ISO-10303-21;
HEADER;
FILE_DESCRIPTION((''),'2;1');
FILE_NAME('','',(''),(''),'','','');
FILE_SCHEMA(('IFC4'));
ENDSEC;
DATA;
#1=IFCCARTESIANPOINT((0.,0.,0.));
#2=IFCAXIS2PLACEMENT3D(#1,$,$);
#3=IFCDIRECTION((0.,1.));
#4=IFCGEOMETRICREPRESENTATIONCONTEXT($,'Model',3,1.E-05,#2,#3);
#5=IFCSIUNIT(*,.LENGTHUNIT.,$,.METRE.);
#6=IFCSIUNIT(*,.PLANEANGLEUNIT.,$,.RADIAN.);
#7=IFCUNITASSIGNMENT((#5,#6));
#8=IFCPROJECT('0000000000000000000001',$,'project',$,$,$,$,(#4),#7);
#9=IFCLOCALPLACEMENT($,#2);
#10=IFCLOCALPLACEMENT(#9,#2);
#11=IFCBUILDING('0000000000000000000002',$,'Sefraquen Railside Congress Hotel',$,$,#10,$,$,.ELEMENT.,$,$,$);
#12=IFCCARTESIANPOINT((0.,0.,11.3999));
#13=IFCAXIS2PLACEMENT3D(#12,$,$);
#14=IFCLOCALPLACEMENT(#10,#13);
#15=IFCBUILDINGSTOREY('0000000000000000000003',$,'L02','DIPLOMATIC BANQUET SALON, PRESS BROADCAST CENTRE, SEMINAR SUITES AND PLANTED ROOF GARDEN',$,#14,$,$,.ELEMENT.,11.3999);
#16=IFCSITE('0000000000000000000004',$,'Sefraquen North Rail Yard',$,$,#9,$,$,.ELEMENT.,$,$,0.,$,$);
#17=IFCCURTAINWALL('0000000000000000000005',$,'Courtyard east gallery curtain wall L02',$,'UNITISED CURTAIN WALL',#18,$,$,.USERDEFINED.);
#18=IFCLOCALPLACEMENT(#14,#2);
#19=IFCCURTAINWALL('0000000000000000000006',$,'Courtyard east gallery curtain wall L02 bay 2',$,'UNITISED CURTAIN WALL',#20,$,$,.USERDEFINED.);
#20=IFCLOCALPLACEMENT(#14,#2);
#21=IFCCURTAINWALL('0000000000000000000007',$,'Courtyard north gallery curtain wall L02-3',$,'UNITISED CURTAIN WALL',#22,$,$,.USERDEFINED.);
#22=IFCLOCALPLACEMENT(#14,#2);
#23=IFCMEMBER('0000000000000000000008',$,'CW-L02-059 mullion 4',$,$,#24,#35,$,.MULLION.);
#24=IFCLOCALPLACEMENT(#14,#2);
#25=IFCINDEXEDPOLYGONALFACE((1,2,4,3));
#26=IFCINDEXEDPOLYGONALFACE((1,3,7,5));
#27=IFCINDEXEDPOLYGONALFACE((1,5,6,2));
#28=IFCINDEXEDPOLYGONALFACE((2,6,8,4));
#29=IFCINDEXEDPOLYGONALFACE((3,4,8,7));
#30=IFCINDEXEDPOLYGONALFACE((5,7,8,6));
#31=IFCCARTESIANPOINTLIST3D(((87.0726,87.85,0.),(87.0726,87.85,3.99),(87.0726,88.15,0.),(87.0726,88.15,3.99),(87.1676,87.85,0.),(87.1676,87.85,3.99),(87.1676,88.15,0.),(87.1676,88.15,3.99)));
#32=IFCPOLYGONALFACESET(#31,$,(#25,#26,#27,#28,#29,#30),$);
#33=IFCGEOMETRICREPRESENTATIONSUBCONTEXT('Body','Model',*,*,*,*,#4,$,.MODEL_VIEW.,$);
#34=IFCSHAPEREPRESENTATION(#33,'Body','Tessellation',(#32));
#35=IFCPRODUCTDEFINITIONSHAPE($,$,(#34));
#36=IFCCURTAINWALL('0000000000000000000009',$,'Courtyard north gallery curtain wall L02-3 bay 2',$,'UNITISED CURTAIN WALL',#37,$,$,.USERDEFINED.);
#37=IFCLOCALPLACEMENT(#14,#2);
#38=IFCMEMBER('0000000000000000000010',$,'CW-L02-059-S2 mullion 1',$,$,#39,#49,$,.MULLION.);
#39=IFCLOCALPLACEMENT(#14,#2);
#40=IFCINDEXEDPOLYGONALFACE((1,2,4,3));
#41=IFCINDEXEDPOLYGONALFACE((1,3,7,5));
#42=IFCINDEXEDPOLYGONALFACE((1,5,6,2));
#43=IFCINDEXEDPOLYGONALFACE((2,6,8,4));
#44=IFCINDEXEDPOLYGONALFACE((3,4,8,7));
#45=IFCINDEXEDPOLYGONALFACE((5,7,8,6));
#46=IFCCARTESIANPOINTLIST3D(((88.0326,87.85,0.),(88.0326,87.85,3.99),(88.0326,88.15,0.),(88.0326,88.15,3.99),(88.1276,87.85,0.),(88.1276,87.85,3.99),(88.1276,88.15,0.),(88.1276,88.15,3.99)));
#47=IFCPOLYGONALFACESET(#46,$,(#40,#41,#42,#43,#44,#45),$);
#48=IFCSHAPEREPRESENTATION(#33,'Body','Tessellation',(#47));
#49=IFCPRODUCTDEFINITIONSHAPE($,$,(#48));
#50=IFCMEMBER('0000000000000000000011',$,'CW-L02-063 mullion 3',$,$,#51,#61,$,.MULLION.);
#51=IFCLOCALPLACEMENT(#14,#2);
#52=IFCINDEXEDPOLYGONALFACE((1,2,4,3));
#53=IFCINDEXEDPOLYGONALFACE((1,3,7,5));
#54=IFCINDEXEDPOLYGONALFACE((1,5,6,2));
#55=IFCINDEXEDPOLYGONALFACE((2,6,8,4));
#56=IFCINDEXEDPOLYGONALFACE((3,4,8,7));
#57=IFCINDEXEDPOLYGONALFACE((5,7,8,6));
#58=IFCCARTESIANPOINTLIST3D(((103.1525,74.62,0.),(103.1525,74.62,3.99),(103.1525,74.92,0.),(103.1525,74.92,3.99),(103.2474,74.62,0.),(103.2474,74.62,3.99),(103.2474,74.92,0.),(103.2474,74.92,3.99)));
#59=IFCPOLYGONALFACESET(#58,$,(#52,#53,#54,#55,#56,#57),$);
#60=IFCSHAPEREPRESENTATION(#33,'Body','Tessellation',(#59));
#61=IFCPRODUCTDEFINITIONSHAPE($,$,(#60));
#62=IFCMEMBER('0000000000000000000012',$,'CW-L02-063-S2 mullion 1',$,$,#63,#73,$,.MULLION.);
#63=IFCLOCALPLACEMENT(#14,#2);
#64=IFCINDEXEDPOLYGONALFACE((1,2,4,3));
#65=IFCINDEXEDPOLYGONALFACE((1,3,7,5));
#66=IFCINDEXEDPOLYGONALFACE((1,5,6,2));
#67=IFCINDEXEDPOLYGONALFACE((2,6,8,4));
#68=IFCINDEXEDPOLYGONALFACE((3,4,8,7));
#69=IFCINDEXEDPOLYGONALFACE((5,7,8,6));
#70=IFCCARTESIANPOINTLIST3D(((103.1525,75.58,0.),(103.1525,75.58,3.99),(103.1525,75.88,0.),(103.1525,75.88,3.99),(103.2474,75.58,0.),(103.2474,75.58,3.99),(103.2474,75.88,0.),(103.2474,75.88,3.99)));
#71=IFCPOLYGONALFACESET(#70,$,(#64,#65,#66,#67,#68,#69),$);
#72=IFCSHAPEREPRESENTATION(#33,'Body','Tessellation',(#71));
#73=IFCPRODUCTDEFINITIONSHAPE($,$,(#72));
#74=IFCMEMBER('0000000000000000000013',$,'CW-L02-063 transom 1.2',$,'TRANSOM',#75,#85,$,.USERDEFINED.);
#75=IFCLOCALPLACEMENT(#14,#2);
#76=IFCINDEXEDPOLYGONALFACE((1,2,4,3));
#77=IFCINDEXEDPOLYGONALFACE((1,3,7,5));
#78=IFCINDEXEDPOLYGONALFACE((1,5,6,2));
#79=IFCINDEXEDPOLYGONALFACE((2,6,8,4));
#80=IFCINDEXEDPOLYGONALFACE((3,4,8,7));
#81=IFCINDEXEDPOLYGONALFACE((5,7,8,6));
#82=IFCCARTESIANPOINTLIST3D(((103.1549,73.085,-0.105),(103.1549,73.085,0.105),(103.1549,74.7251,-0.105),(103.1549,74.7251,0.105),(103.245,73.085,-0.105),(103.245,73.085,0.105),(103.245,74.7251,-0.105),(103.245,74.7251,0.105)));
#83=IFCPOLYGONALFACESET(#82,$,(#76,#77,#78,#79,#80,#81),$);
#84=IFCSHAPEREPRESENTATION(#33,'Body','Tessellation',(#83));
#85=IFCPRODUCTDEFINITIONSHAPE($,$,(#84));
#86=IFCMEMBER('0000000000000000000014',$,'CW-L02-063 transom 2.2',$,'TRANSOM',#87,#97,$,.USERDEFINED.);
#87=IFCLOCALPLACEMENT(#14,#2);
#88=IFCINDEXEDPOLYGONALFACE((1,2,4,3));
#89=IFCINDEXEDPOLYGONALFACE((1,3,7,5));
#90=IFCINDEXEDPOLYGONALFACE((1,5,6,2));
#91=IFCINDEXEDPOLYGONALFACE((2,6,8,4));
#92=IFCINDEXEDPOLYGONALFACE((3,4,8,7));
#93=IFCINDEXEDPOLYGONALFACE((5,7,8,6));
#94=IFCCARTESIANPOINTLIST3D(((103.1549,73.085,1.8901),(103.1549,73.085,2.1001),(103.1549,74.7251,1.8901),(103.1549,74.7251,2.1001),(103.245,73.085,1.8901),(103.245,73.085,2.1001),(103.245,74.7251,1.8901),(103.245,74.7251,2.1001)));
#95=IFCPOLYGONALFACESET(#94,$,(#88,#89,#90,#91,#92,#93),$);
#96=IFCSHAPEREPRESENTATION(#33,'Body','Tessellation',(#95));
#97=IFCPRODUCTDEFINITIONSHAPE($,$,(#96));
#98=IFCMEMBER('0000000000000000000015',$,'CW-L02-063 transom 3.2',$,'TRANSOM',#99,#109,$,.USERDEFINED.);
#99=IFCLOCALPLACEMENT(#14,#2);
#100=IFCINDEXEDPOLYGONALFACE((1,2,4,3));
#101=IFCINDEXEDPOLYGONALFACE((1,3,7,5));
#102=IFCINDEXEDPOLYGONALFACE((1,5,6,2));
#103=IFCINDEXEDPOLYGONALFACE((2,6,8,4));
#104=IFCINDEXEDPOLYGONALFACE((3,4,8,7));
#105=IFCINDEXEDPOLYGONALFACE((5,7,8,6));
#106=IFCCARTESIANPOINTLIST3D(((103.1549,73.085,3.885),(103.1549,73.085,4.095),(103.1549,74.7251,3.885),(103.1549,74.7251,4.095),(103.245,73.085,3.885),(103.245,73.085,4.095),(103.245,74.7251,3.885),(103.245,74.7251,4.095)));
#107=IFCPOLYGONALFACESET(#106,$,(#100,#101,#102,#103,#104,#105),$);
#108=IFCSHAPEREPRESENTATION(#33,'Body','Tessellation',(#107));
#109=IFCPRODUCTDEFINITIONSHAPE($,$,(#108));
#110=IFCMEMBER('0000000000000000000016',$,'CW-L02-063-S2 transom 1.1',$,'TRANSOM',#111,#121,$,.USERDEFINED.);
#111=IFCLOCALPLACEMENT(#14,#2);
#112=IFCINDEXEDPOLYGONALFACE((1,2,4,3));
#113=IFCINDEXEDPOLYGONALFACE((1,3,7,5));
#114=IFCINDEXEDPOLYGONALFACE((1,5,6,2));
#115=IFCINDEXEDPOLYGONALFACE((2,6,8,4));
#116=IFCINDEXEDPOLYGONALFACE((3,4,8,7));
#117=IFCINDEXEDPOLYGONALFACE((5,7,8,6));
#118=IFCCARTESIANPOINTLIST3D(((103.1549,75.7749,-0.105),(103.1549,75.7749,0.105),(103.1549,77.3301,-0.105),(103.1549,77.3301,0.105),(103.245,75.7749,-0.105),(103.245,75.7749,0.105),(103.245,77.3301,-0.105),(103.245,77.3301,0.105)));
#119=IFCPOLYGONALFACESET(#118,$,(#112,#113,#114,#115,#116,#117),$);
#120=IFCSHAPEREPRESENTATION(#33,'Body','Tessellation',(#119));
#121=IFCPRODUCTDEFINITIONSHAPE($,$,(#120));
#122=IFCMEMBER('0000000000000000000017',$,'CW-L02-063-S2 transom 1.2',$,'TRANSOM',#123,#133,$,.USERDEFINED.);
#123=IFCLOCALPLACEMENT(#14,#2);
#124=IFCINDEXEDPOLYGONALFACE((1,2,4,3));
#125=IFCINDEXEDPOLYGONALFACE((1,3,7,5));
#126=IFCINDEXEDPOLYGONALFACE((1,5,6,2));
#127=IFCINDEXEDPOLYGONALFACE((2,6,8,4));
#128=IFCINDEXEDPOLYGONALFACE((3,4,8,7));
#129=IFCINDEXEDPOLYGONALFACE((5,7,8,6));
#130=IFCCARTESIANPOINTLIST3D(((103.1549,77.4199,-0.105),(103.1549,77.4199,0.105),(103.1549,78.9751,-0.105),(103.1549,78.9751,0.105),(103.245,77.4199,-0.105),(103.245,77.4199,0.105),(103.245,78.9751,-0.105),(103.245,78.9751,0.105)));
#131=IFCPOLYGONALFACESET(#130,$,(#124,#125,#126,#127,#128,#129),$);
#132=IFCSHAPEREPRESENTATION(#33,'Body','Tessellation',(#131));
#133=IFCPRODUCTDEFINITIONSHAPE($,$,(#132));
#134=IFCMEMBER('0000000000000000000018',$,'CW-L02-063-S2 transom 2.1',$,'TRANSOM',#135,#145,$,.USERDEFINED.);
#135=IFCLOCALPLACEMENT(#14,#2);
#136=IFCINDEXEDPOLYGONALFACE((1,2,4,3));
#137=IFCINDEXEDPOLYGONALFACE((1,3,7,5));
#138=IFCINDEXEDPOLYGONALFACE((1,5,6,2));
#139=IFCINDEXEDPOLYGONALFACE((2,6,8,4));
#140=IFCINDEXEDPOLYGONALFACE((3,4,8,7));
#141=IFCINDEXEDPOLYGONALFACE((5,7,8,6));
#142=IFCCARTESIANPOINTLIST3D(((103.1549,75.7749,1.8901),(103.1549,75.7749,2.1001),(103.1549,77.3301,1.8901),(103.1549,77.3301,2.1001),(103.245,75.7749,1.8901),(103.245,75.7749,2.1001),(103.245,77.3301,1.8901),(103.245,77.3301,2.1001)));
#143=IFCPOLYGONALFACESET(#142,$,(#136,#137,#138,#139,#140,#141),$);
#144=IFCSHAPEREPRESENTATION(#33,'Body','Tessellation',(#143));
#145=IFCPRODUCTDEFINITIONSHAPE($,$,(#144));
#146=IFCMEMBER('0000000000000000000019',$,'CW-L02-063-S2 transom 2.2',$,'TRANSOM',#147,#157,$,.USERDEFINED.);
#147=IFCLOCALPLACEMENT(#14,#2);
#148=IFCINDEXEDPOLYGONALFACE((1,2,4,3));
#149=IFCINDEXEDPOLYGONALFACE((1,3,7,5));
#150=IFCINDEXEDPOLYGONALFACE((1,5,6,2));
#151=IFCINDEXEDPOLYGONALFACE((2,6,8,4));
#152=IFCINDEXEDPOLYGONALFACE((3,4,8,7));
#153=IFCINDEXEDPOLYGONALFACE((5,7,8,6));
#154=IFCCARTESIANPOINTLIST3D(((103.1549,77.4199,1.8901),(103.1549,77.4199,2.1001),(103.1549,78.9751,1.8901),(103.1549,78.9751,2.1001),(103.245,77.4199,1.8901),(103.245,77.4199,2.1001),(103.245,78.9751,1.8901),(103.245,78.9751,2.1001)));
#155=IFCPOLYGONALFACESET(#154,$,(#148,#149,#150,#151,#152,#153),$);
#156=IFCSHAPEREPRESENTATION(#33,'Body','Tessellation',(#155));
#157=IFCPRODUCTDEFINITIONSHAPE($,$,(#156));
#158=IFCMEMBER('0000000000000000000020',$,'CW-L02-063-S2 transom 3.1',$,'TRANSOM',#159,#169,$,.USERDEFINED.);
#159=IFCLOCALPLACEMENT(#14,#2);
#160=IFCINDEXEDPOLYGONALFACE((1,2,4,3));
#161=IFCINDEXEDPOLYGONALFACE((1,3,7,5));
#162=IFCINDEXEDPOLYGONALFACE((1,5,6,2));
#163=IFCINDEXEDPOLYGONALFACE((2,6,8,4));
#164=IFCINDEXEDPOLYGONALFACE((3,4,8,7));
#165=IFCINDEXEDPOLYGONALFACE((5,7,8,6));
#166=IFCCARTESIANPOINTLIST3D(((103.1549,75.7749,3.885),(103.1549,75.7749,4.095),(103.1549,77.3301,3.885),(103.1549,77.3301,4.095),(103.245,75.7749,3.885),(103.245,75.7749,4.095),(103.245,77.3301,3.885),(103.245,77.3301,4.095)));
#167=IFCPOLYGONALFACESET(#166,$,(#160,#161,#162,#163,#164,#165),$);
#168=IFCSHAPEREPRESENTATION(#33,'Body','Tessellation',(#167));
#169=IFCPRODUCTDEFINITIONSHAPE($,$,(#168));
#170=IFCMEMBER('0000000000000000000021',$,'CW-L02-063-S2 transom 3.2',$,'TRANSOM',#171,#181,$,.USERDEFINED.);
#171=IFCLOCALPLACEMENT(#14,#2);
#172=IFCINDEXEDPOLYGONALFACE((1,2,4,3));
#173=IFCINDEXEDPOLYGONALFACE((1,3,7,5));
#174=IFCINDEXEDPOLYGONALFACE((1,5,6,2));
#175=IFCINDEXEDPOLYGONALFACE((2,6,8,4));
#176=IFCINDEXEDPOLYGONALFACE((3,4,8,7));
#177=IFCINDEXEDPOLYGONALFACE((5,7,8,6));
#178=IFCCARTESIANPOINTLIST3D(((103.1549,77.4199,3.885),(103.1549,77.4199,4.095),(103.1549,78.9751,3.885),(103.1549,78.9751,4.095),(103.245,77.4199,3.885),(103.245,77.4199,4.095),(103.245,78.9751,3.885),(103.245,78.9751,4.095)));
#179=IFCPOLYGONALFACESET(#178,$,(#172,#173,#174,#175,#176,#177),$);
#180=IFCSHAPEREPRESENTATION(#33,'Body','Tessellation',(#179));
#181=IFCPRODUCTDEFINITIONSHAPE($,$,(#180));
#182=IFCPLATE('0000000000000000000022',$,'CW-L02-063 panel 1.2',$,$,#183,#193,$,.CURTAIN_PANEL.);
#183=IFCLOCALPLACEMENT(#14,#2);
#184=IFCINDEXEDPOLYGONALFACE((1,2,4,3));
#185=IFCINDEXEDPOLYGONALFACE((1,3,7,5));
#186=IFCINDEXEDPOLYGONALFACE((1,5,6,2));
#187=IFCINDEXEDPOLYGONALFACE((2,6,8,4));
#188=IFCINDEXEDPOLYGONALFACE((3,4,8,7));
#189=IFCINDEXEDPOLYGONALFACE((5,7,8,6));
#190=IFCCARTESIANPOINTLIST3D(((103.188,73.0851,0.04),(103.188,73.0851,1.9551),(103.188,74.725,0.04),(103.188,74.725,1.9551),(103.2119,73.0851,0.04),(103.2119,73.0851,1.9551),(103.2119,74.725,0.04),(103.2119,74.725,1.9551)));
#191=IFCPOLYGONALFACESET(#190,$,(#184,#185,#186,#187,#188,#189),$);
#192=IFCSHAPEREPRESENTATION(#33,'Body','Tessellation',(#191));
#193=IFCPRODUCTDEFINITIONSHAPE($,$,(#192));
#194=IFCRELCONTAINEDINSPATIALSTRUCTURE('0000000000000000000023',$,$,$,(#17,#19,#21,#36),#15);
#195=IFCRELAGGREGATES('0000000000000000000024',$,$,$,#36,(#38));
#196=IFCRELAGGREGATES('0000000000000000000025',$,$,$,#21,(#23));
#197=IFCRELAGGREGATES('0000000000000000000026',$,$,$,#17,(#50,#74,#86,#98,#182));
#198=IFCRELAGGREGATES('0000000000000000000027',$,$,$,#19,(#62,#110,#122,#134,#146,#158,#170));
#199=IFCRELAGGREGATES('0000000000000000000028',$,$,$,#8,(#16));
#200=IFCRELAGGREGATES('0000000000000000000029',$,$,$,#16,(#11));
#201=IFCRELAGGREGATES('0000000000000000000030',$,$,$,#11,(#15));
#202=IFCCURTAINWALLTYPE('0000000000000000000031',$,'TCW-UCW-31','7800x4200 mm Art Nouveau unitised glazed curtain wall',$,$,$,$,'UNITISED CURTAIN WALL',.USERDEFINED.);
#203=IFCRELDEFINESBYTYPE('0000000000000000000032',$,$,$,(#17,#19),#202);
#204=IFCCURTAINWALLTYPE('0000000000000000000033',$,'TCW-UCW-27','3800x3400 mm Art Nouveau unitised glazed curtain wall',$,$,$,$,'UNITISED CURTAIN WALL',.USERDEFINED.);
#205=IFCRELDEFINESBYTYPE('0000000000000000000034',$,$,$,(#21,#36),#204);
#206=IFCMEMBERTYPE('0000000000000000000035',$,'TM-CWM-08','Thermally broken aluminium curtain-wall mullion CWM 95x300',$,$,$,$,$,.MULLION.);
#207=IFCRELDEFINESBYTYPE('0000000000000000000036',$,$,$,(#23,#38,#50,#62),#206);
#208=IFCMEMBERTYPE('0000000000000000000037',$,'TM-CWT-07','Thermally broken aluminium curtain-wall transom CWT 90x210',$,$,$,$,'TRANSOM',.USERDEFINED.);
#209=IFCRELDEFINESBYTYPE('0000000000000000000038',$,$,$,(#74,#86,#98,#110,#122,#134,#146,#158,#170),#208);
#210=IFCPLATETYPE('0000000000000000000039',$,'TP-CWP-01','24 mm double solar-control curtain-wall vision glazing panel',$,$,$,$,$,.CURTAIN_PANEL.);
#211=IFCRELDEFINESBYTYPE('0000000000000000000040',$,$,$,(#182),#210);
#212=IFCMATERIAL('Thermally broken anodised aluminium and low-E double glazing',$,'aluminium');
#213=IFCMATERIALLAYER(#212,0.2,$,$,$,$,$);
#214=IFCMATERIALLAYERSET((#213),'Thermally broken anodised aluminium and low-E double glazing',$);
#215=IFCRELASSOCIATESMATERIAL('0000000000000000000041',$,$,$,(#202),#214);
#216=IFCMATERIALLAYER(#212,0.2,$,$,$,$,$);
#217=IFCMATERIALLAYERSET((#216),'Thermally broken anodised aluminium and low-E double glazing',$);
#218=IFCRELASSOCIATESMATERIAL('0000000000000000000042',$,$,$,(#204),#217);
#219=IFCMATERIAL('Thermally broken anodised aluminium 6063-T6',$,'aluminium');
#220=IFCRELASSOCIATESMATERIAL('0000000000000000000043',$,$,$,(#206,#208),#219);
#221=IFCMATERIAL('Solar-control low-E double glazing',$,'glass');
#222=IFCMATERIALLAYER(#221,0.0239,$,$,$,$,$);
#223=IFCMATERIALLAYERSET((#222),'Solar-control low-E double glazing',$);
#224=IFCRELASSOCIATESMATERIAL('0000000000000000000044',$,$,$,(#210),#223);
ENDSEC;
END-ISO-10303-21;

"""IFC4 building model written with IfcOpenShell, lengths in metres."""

from ifc_helpers import new_model, si_unit, direction, frame, origin, origin_2d, place, context, subcontext, project, spatial, rectangle, extrude, material, layer, layer_set, material_profile, profile_set, type_object, element, aggregate, save


model = new_model("IFC4")

# Units and contexts
model_context = context("Model", 3, precision=1e-05, world=origin(), true_north=direction((0.0, 1.0)))
body_context = subcontext(model_context, "Body", "Model", "MODEL_VIEW")
ifc_project = project(units=[si_unit("LENGTHUNIT", "METRE"), si_unit("PLANEANGLEUNIT", "RADIAN")], contexts=[model_context])

# Site, building, storey
site_placement = place(None, origin())
site = spatial("IfcSite", under=ifc_project, at=site_placement, Name="Sefraquen North Rail Yard", CompositionType="ELEMENT", RefElevation=0.0)
building_placement = place(site_placement, origin())
building = spatial("IfcBuilding", under=site, at=building_placement, Name="Sefraquen Railside Congress Hotel", CompositionType="ELEMENT")
storey_placement = place(building_placement, frame((0.0, 0.0, 11.3999)))
storey = spatial("IfcBuildingStorey", under=building, at=storey_placement, Name="L02", Description="DIPLOMATIC BANQUET SALON, PRESS BROADCAST CENTRE, SEMINAR SUITES AND PLANTED ROOF GARDEN", CompositionType="ELEMENT", Elevation=11.3999)

# Curtain walls, members
ifc_material_1 = material(Name="Thermally broken anodised aluminium and low-E double glazing", Category="aluminium")
ifc_layer_1 = layer(ifc_material_1, 0.2)
ifc_layer_set_1 = layer_set([ifc_layer_1], Name="Thermally broken anodised aluminium and low-E double glazing")
curtain_wall_type_1 = type_object("IfcCurtainWallType", Name="TCW-UCW-31", Description="7800x4200 mm Art Nouveau unitised glazed curtain wall", ElementType="UNITISED CURTAIN WALL", PredefinedType="USERDEFINED", material=ifc_layer_set_1)
curtain_wall_1_placement = place(storey_placement, origin())
curtain_wall_1 = element("IfcCurtainWall", 1, at=curtain_wall_1_placement, inside=storey, type_object=curtain_wall_type_1, Name="Courtyard east gallery curtain wall L02", ObjectType="UNITISED CURTAIN WALL", PredefinedType="USERDEFINED")
ifc_material_2 = material(Name="Thermally broken anodised aluminium 6063-T6", Category="aluminium")
curtain_wall_2_placement = place(storey_placement, origin())
curtain_wall_2 = element("IfcCurtainWall", 2, at=curtain_wall_2_placement, inside=storey, type_object=curtain_wall_type_1, Name="Courtyard east gallery curtain wall L02 bay 2", ObjectType="UNITISED CURTAIN WALL", PredefinedType="USERDEFINED")
ifc_layer_2 = layer(ifc_material_1, 0.2)
ifc_layer_set_2 = layer_set([ifc_layer_2], Name="Thermally broken anodised aluminium and low-E double glazing")
curtain_wall_type_2 = type_object("IfcCurtainWallType", Name="TCW-UCW-27", Description="3800x3400 mm Art Nouveau unitised glazed curtain wall", ElementType="UNITISED CURTAIN WALL", PredefinedType="USERDEFINED", material=ifc_layer_set_2)
curtain_wall_3_placement = place(storey_placement, origin())
curtain_wall_3 = element("IfcCurtainWall", 3, at=curtain_wall_3_placement, inside=storey, type_object=curtain_wall_type_2, Name="Courtyard north gallery curtain wall L02-3", ObjectType="UNITISED CURTAIN WALL", PredefinedType="USERDEFINED")
ifc_material_profile_1 = material_profile(ifc_material_2, rectangle(XDim=0.095, YDim=0.3, at=origin_2d()), Name="CWM 95x300")
ifc_profile_set_1 = profile_set([ifc_material_profile_1], Name="Thermally broken anodised aluminium 6063-T6")
member_type_1 = type_object("IfcMemberType", Name="TM-CWM-08", Description="Thermally broken aluminium curtain-wall mullion CWM 95x300", PredefinedType="MULLION", material=ifc_profile_set_1)
member_1_placement = place(storey_placement, frame((87.1201, 88.0, 0.0), z_axis=(0.0, 0.0, 1.0), x_axis=(1.0, 0.0, 0.0)))
member_1 = element("IfcMember", 4, at=member_1_placement, type_object=member_type_1, Name="CW-L02-059 mullion 4", PredefinedType="MULLION", context=body_context, shape_type="SweptSolid", body=[
    extrude(rectangle(XDim=0.095, YDim=0.3, at=origin_2d()), origin(), (0.0, 0.0, 1.0), 3.99),
])
curtain_wall_4_placement = place(storey_placement, origin())
curtain_wall_4 = element("IfcCurtainWall", 5, at=curtain_wall_4_placement, inside=storey, type_object=curtain_wall_type_2, Name="Courtyard north gallery curtain wall L02-3 bay 2", ObjectType="UNITISED CURTAIN WALL", PredefinedType="USERDEFINED")
member_2_placement = place(storey_placement, frame((88.0801, 88.0, 0.0), z_axis=(0.0, 0.0, 1.0), x_axis=(1.0, 0.0, 0.0)))
member_2 = element("IfcMember", 6, at=member_2_placement, type_object=member_type_1, Name="CW-L02-059-S2 mullion 1", PredefinedType="MULLION", context=body_context, shape_type="SweptSolid", body=[
    extrude(rectangle(XDim=0.095, YDim=0.3, at=origin_2d()), origin(), (0.0, 0.0, 1.0), 3.99),
])
aggregate(curtain_wall_4, [member_2])

# Members
member_3_placement = place(storey_placement, frame((103.2, 74.77, 0.0), z_axis=(0.0, 0.0, 1.0), x_axis=(1.0, 0.0, 0.0)))
member_3 = element("IfcMember", 7, at=member_3_placement, type_object=member_type_1, Name="CW-L02-063 mullion 3", PredefinedType="MULLION", context=body_context, shape_type="SweptSolid", body=[
    extrude(rectangle(XDim=0.095, YDim=0.3, at=origin_2d()), origin(), (0.0, 0.0, 1.0), 3.99),
])
member_4_placement = place(storey_placement, frame((103.2, 75.73, 0.0), z_axis=(0.0, 0.0, 1.0), x_axis=(1.0, 0.0, 0.0)))
member_4 = element("IfcMember", 8, at=member_4_placement, type_object=member_type_1, Name="CW-L02-063-S2 mullion 1", PredefinedType="MULLION", context=body_context, shape_type="SweptSolid", body=[
    extrude(rectangle(XDim=0.095, YDim=0.3, at=origin_2d()), origin(), (0.0, 0.0, 1.0), 3.99),
])
ifc_material_profile_2 = material_profile(ifc_material_2, rectangle(XDim=0.0901, YDim=0.21, at=origin_2d()), Name="CWT 90x210")
ifc_profile_set_2 = profile_set([ifc_material_profile_2], Name="Thermally broken anodised aluminium 6063-T6")
member_type_2 = type_object("IfcMemberType", Name="TM-CWT-07", Description="Thermally broken aluminium curtain-wall transom CWT 90x210", ElementType="TRANSOM", PredefinedType="USERDEFINED", material=ifc_profile_set_2)
member_5_placement = place(storey_placement, frame((103.2, 73.085, 0.0), z_axis=(0.0, 1.0, 0.0), x_axis=(-1.0, 0.0, 0.0)))
member_5 = element("IfcMember", 9, at=member_5_placement, type_object=member_type_2, Name="CW-L02-063 transom 1.2", ObjectType="TRANSOM", PredefinedType="USERDEFINED", context=body_context, shape_type="SweptSolid", body=[
    extrude(rectangle(XDim=0.0901, YDim=0.21, at=origin_2d()), origin(), (0.0, 0.0, 1.0), 1.6401),
])
member_6_placement = place(storey_placement, frame((103.2, 73.085, 1.9951), z_axis=(0.0, 1.0, 0.0), x_axis=(-1.0, 0.0, 0.0)))
member_6 = element("IfcMember", 10, at=member_6_placement, type_object=member_type_2, Name="CW-L02-063 transom 2.2", ObjectType="TRANSOM", PredefinedType="USERDEFINED", context=body_context, shape_type="SweptSolid", body=[
    extrude(rectangle(XDim=0.0901, YDim=0.21, at=origin_2d()), origin(), (0.0, 0.0, 1.0), 1.6401),
])
member_7_placement = place(storey_placement, frame((103.2, 73.085, 3.99), z_axis=(0.0, 1.0, 0.0), x_axis=(-1.0, 0.0, 0.0)))
member_7 = element("IfcMember", 11, at=member_7_placement, type_object=member_type_2, Name="CW-L02-063 transom 3.2", ObjectType="TRANSOM", PredefinedType="USERDEFINED", context=body_context, shape_type="SweptSolid", body=[
    extrude(rectangle(XDim=0.0901, YDim=0.21, at=origin_2d()), origin(), (0.0, 0.0, 1.0), 1.6401),
])
member_8_placement = place(storey_placement, frame((103.2, 75.7749, 0.0), z_axis=(0.0, 1.0, 0.0), x_axis=(-1.0, 0.0, 0.0)))
member_8 = element("IfcMember", 12, at=member_8_placement, type_object=member_type_2, Name="CW-L02-063-S2 transom 1.1", ObjectType="TRANSOM", PredefinedType="USERDEFINED", context=body_context, shape_type="SweptSolid", body=[
    extrude(rectangle(XDim=0.0901, YDim=0.21, at=origin_2d()), origin(), (0.0, 0.0, 1.0), 1.5552),
])
member_9_placement = place(storey_placement, frame((103.2, 77.4199, 0.0), z_axis=(0.0, 1.0, 0.0), x_axis=(-1.0, 0.0, 0.0)))
member_9 = element("IfcMember", 13, at=member_9_placement, type_object=member_type_2, Name="CW-L02-063-S2 transom 1.2", ObjectType="TRANSOM", PredefinedType="USERDEFINED", context=body_context, shape_type="SweptSolid", body=[
    extrude(rectangle(XDim=0.0901, YDim=0.21, at=origin_2d()), origin(), (0.0, 0.0, 1.0), 1.5552),
])
member_10_placement = place(storey_placement, frame((103.2, 75.7749, 1.9951), z_axis=(0.0, 1.0, 0.0), x_axis=(-1.0, 0.0, 0.0)))
member_10 = element("IfcMember", 14, at=member_10_placement, type_object=member_type_2, Name="CW-L02-063-S2 transom 2.1", ObjectType="TRANSOM", PredefinedType="USERDEFINED", context=body_context, shape_type="SweptSolid", body=[
    extrude(rectangle(XDim=0.0901, YDim=0.21, at=origin_2d()), origin(), (0.0, 0.0, 1.0), 1.5552),
])
member_11_placement = place(storey_placement, frame((103.2, 77.4199, 1.9951), z_axis=(0.0, 1.0, 0.0), x_axis=(-1.0, 0.0, 0.0)))
member_11 = element("IfcMember", 15, at=member_11_placement, type_object=member_type_2, Name="CW-L02-063-S2 transom 2.2", ObjectType="TRANSOM", PredefinedType="USERDEFINED", context=body_context, shape_type="SweptSolid", body=[
    extrude(rectangle(XDim=0.0901, YDim=0.21, at=origin_2d()), origin(), (0.0, 0.0, 1.0), 1.5552),
])
member_12_placement = place(storey_placement, frame((103.2, 75.7749, 3.99), z_axis=(0.0, 1.0, 0.0), x_axis=(-1.0, 0.0, 0.0)))
member_12 = element("IfcMember", 16, at=member_12_placement, type_object=member_type_2, Name="CW-L02-063-S2 transom 3.1", ObjectType="TRANSOM", PredefinedType="USERDEFINED", context=body_context, shape_type="SweptSolid", body=[
    extrude(rectangle(XDim=0.0901, YDim=0.21, at=origin_2d()), origin(), (0.0, 0.0, 1.0), 1.5552),
])
member_13_placement = place(storey_placement, frame((103.2, 77.4199, 3.99), z_axis=(0.0, 1.0, 0.0), x_axis=(-1.0, 0.0, 0.0)))
member_13 = element("IfcMember", 17, at=member_13_placement, type_object=member_type_2, Name="CW-L02-063-S2 transom 3.2", ObjectType="TRANSOM", PredefinedType="USERDEFINED", context=body_context, shape_type="SweptSolid", body=[
    extrude(rectangle(XDim=0.0901, YDim=0.21, at=origin_2d()), origin(), (0.0, 0.0, 1.0), 1.5552),
])

# Plate
ifc_material_3 = material(Name="Solar-control low-E double glazing", Category="glass")
ifc_layer_3 = layer(ifc_material_3, 0.0239)
ifc_layer_set_3 = layer_set([ifc_layer_3], Name="Solar-control low-E double glazing")
plate_type_1 = type_object("IfcPlateType", Name="TP-CWP-01", Description="24 mm double solar-control curtain-wall vision glazing panel", PredefinedType="CURTAIN_PANEL", material=ifc_layer_set_3)
plate_1_placement = place(storey_placement, frame((103.2, 73.905, 0.04), z_axis=(0.0, 0.0, 1.0), x_axis=(0.0, 1.0, 0.0)))
plate_1 = element("IfcPlate", 18, at=plate_1_placement, type_object=plate_type_1, Name="CW-L02-063 panel 1.2", PredefinedType="CURTAIN_PANEL", context=body_context, shape_type="SweptSolid", body=[
    extrude(rectangle(XDim=1.6399, YDim=0.0239, at=origin_2d()), origin(), (0.0, 0.0, 1.0), 1.915),
])
aggregate(curtain_wall_3, [member_1])
aggregate(curtain_wall_1, [member_3, member_5, member_6, member_7, plate_1])
aggregate(curtain_wall_2, [member_4, member_8, member_9, member_10, member_11, member_12, member_13])

save(model, "model.ifc")
